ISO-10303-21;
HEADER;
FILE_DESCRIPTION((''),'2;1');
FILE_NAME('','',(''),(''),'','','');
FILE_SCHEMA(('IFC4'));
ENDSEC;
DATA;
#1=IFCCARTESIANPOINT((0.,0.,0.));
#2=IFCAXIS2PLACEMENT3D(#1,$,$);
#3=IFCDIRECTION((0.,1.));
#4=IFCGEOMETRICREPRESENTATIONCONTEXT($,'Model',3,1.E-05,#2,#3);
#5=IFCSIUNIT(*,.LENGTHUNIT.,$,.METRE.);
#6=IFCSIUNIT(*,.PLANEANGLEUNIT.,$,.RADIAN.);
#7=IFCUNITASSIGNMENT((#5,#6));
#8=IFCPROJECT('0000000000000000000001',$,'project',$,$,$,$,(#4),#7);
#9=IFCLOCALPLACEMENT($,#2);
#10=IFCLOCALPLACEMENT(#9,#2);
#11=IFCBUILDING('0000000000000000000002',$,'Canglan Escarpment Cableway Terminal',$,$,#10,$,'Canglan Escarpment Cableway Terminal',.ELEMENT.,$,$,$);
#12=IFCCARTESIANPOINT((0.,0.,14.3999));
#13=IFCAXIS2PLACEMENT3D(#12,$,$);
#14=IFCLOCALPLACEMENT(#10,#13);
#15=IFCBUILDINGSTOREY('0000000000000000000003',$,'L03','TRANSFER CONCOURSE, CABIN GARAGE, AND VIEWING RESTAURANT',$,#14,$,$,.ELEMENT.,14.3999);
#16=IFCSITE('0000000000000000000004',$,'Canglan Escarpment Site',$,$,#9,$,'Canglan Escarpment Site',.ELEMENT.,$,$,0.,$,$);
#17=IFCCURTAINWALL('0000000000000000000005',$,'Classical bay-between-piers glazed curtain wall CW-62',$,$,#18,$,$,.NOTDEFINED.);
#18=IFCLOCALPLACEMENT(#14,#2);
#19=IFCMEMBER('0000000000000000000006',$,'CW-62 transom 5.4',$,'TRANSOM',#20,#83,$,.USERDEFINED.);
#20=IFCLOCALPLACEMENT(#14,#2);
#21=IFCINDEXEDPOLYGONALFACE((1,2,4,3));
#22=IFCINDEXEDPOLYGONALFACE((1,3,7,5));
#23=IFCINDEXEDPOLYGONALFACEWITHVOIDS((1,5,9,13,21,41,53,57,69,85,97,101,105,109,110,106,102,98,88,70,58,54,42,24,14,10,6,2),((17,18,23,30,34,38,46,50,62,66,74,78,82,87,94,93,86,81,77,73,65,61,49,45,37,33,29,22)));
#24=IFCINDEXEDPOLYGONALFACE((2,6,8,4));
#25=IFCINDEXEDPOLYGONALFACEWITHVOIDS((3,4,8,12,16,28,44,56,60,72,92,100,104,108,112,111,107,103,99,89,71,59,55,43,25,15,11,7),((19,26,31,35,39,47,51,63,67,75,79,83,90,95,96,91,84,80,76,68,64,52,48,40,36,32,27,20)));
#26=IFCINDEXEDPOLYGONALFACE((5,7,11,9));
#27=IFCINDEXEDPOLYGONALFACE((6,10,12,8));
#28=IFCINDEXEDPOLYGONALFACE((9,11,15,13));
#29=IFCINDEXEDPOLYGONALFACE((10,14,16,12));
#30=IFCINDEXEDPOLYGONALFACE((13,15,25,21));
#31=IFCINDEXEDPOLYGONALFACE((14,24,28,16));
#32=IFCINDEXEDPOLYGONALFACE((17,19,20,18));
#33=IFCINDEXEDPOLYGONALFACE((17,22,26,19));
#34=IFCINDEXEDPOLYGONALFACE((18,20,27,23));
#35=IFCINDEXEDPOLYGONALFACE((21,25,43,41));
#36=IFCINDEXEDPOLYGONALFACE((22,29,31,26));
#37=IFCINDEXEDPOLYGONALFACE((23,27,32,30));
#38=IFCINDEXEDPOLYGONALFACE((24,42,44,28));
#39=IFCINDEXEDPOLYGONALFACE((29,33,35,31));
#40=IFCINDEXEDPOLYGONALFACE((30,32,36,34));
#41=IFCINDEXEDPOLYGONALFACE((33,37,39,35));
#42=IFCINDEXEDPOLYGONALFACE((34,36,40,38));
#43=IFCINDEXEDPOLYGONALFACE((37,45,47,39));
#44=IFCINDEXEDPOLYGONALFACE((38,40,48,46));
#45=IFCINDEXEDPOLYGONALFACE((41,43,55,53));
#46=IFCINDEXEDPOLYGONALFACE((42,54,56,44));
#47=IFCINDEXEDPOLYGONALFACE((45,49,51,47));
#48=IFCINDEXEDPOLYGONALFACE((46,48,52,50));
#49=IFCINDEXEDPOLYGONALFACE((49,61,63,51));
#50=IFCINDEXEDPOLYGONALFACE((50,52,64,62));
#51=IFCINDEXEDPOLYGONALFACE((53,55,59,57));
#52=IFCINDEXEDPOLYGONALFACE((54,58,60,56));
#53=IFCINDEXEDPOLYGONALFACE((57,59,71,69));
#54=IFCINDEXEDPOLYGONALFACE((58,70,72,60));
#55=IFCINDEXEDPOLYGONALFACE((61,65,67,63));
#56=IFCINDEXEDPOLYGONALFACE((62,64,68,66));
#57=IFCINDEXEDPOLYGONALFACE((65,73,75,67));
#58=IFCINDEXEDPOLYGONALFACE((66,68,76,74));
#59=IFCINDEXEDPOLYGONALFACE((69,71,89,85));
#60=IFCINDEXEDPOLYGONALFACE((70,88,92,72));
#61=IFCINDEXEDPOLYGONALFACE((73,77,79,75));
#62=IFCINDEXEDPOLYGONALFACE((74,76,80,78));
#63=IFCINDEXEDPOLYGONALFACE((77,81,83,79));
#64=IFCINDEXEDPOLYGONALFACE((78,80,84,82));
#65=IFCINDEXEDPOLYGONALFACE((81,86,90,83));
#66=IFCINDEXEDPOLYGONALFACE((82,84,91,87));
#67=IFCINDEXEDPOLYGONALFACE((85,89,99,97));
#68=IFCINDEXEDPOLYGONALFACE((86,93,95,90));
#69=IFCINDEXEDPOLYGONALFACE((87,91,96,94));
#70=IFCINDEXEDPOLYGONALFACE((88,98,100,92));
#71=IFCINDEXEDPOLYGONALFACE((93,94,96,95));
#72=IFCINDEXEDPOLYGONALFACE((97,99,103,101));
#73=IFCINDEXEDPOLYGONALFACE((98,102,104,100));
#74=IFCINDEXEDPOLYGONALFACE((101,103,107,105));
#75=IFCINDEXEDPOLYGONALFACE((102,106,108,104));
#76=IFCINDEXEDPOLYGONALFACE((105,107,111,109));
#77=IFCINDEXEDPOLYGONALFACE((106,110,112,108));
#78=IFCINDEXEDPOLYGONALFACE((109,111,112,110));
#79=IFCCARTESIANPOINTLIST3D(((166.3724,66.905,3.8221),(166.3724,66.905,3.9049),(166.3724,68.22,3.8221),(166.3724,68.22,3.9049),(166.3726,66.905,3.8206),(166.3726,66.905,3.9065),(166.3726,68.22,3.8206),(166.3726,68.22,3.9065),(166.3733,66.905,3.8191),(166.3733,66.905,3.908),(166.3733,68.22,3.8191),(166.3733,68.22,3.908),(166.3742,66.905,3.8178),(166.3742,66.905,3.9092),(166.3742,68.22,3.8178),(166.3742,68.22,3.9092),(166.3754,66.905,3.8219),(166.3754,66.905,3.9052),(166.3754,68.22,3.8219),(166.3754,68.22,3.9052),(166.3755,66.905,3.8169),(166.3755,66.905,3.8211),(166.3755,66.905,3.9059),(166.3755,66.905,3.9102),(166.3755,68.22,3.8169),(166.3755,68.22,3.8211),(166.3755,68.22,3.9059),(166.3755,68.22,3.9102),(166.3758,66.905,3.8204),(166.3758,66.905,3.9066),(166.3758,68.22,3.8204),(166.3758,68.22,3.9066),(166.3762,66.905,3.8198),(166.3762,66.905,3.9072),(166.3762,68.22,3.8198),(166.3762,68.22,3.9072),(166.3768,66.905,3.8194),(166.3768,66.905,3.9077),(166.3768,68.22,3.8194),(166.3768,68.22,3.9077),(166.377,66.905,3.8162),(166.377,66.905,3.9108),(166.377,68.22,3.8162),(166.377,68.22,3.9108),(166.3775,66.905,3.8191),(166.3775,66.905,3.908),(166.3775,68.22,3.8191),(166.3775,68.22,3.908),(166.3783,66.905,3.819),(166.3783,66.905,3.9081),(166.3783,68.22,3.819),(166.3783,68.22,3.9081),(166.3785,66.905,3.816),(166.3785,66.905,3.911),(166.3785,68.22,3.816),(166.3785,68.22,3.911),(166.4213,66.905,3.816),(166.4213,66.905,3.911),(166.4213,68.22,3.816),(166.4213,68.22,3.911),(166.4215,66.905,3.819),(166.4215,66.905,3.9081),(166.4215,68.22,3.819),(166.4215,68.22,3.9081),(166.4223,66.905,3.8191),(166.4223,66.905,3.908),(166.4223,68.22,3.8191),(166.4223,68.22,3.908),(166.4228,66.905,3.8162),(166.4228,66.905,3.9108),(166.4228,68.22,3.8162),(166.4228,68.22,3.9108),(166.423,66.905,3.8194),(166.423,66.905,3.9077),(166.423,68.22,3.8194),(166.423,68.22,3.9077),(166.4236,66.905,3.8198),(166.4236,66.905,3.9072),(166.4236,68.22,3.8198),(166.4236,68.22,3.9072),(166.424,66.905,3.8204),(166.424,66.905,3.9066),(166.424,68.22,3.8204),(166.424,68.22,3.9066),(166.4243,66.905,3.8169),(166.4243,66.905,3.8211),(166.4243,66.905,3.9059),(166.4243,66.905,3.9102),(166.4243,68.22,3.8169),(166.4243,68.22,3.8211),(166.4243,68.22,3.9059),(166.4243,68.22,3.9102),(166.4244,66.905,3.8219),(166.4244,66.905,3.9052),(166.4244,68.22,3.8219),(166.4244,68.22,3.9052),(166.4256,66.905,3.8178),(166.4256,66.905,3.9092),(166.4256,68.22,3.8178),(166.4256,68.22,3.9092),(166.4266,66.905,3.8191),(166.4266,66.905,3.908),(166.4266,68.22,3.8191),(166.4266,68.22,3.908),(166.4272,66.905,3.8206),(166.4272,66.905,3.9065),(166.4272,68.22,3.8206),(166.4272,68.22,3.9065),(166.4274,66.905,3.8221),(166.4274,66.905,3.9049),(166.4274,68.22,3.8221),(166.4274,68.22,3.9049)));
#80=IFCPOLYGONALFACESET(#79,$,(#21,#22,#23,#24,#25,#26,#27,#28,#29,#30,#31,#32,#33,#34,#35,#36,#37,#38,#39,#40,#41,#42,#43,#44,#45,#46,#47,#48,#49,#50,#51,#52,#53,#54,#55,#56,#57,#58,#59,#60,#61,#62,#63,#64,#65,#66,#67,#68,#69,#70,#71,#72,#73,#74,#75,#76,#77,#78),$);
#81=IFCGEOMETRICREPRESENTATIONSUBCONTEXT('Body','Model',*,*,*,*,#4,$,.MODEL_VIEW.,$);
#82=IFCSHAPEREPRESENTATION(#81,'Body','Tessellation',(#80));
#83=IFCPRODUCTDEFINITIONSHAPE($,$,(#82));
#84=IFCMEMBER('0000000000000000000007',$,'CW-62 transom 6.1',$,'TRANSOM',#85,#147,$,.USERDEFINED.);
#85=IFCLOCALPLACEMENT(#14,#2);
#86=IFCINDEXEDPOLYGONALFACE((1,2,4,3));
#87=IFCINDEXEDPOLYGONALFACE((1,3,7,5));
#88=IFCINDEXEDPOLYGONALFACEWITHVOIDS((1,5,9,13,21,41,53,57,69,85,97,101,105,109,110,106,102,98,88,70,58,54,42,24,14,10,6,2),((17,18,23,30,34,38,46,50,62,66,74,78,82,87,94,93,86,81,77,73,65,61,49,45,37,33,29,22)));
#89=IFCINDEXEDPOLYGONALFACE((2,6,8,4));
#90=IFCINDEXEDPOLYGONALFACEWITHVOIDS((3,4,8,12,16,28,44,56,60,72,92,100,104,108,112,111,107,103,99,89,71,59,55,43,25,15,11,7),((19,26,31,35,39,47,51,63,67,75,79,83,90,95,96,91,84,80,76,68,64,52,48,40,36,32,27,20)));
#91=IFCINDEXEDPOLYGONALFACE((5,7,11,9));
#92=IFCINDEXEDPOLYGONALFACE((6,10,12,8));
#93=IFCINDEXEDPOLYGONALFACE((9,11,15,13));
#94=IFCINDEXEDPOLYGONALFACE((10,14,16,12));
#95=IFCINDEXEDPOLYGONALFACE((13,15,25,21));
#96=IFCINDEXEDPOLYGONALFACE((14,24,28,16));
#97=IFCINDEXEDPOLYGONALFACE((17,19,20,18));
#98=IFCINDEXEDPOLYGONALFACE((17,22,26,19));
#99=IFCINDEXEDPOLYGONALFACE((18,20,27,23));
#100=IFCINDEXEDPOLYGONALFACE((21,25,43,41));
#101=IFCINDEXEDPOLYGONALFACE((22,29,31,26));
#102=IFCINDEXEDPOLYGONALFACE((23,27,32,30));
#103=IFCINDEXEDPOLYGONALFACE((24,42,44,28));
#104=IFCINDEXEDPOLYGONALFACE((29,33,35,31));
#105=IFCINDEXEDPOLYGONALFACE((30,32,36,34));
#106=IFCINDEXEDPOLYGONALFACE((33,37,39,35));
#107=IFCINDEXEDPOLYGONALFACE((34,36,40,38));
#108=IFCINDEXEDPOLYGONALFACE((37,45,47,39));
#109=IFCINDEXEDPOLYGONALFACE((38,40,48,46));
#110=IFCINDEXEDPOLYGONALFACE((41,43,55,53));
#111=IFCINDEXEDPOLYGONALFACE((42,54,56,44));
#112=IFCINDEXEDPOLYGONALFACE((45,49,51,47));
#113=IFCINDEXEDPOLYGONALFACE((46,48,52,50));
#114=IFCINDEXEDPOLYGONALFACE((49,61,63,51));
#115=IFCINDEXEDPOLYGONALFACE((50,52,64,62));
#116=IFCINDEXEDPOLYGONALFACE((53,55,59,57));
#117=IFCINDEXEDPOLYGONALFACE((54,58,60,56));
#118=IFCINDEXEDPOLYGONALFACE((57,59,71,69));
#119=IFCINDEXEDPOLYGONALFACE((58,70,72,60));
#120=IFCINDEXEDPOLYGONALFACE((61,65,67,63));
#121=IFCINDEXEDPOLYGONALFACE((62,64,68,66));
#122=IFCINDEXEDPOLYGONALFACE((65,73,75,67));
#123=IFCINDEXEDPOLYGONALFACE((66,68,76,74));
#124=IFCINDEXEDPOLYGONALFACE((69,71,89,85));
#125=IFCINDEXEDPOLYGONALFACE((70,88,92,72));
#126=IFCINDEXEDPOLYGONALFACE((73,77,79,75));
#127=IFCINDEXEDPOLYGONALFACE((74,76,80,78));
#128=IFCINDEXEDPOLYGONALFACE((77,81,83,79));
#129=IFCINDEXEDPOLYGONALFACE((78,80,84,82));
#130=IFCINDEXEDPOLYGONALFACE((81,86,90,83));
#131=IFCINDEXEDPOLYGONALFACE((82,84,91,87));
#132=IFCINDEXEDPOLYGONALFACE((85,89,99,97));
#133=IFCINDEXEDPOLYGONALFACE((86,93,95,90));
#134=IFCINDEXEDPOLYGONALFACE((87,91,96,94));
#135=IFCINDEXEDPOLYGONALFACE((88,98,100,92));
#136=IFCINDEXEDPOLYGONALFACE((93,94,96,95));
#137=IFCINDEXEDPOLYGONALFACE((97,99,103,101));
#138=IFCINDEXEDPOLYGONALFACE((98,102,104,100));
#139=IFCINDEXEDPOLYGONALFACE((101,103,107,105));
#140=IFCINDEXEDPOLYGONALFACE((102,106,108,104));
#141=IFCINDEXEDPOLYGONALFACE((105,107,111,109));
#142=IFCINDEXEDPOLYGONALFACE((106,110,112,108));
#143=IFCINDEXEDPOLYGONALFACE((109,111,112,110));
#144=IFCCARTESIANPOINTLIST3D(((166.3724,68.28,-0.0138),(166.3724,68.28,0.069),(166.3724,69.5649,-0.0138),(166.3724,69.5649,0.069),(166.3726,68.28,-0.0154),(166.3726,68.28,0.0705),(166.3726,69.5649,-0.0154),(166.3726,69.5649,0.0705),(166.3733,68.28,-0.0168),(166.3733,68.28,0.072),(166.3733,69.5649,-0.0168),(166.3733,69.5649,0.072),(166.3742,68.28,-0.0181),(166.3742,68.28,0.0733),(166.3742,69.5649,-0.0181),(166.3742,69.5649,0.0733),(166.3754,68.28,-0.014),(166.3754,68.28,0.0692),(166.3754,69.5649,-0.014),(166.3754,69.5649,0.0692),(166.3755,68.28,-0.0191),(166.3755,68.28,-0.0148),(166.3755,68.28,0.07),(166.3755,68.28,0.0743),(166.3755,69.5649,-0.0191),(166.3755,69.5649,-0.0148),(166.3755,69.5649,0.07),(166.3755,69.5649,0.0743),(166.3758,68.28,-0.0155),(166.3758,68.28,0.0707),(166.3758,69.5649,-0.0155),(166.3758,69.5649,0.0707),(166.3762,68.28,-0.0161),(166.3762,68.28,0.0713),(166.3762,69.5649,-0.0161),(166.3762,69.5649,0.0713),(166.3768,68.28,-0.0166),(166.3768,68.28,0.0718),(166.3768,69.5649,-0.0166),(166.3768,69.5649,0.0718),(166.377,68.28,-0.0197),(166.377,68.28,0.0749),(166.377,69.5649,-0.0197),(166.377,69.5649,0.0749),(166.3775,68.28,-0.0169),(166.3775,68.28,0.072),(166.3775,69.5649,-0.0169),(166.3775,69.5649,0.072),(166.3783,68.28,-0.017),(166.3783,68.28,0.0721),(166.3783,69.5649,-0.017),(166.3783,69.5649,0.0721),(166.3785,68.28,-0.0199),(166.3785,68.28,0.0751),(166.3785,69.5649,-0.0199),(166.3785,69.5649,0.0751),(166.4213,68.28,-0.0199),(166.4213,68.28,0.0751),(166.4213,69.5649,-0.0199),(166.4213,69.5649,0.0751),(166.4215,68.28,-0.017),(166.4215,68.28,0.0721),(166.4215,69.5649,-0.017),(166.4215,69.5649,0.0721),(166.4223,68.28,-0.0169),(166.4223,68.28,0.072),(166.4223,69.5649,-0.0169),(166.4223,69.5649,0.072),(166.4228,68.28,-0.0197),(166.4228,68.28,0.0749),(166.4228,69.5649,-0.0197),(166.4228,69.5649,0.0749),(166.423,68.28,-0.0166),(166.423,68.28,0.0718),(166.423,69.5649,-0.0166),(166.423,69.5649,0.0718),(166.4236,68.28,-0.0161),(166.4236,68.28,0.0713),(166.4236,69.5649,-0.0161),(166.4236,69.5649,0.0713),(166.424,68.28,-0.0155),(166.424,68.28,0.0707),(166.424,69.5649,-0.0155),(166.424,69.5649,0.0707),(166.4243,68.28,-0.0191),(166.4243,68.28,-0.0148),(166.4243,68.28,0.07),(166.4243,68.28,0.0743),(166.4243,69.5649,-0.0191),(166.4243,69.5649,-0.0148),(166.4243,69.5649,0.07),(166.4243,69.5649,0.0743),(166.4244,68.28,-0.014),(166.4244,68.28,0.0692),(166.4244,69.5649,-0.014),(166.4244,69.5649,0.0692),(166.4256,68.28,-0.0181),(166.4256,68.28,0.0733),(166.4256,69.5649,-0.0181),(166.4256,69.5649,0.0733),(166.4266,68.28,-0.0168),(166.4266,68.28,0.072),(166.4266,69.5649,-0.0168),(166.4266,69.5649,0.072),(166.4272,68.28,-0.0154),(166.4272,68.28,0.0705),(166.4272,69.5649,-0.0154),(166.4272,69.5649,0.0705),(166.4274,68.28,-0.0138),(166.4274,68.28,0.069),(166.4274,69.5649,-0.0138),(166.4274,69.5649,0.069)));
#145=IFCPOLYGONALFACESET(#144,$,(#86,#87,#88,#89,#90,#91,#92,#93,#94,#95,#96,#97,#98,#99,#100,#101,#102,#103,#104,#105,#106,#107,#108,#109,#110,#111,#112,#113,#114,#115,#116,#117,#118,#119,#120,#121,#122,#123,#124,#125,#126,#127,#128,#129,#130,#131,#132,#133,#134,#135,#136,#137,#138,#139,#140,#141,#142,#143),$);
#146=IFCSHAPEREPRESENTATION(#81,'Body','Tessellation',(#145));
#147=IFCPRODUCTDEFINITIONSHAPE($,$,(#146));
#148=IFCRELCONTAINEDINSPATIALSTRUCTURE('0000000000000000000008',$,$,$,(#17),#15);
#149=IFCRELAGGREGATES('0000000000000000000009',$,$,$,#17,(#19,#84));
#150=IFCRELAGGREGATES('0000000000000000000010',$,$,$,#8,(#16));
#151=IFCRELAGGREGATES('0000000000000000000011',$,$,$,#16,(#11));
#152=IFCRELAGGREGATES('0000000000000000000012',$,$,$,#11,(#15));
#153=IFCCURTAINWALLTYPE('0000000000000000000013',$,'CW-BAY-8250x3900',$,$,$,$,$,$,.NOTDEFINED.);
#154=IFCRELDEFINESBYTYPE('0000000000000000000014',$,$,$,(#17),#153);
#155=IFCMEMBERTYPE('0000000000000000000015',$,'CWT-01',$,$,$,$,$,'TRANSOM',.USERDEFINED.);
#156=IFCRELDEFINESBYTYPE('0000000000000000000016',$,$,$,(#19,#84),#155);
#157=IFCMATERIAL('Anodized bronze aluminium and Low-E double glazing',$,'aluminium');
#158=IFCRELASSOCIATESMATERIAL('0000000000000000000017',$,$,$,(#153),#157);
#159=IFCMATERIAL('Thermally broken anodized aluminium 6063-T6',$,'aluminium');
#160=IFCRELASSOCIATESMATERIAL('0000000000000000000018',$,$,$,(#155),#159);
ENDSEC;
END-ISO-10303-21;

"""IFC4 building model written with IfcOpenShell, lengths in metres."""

from ifc_helpers import new_model, si_unit, direction, frame, origin, origin_2d, place, context, subcontext, project, spatial, hollow_rectangle, extrude, material, material_profile, profile_set, type_object, element, aggregate, save


model = new_model("IFC4")

# Units and contexts
model_context = context("Model", 3, precision=1e-05, world=origin(), true_north=direction((0.0, 1.0)))
body_context = subcontext(model_context, "Body", "Model", "MODEL_VIEW")
ifc_project = project(units=[si_unit("LENGTHUNIT", "METRE"), si_unit("PLANEANGLEUNIT", "RADIAN")], contexts=[model_context])

# Site, building, storey
site_placement = place(None, origin())
site = spatial("IfcSite", under=ifc_project, at=site_placement, Name="Canglan Escarpment Site", LongName="Canglan Escarpment Site", CompositionType="ELEMENT", RefElevation=0.0)
building_placement = place(site_placement, origin())
building = spatial("IfcBuilding", under=site, at=building_placement, Name="Canglan Escarpment Cableway Terminal", LongName="Canglan Escarpment Cableway Terminal", CompositionType="ELEMENT")
storey_placement = place(building_placement, frame((0.0, 0.0, 14.3999)))
storey = spatial("IfcBuildingStorey", under=building, at=storey_placement, Name="L03", Description="TRANSFER CONCOURSE, CABIN GARAGE, AND VIEWING RESTAURANT", CompositionType="ELEMENT", Elevation=14.3999)

# Curtain wall, members
ifc_material_1 = material(Name="Anodized bronze aluminium and Low-E double glazing", Category="aluminium")
curtain_wall_type = type_object("IfcCurtainWallType", Name="CW-BAY-8250x3900", PredefinedType="NOTDEFINED", material=ifc_material_1)
curtain_wall_placement = place(storey_placement, origin())
curtain_wall = element("IfcCurtainWall", 1, at=curtain_wall_placement, inside=storey, type_object=curtain_wall_type, Name="Classical bay-between-piers glazed curtain wall CW-62", PredefinedType="NOTDEFINED")
ifc_material_2 = material(Name="Thermally broken anodized aluminium 6063-T6", Category="aluminium")
ifc_material_profile_1 = material_profile(ifc_material_2, hollow_rectangle(XDim=0.0549, YDim=0.095, WallThickness=0.0029, InnerFilletRadius=0.0029, OuterFilletRadius=0.0061, at=origin_2d()), Name="ALU-TRAN 55x95x3")
ifc_profile_set_1 = profile_set([ifc_material_profile_1], Name="Thermally broken anodized aluminium 6063-T6")
member_type_1 = type_object("IfcMemberType", Name="CWT-01", ElementType="TRANSOM", PredefinedType="USERDEFINED", material=ifc_profile_set_1)
member_1_placement = place(storey_placement, frame((166.3999, 66.905, 3.8635), z_axis=(0.0, 1.0, 0.0), x_axis=(-1.0, 0.0, 0.0)))
member_1 = element("IfcMember", 2, at=member_1_placement, type_object=member_type_1, Name="CW-62 transom 5.4", ObjectType="TRANSOM", PredefinedType="USERDEFINED", context=body_context, shape_type="SweptSolid", body=[
    extrude(hollow_rectangle(XDim=0.0549, YDim=0.095, WallThickness=0.0029, InnerFilletRadius=0.0029, OuterFilletRadius=0.0061, at=origin_2d()), origin(), (0.0, 0.0, 1.0), 1.3149),
])
member_2_placement = place(storey_placement, frame((166.3999, 68.28, 0.0276), z_axis=(0.0, 1.0, 0.0), x_axis=(-1.0, 0.0, 0.0)))
member_2 = element("IfcMember", 3, at=member_2_placement, type_object=member_type_1, Name="CW-62 transom 6.1", ObjectType="TRANSOM", PredefinedType="USERDEFINED", context=body_context, shape_type="SweptSolid", body=[
    extrude(hollow_rectangle(XDim=0.0549, YDim=0.095, WallThickness=0.0029, InnerFilletRadius=0.0029, OuterFilletRadius=0.0061, at=origin_2d()), origin(), (0.0, 0.0, 1.0), 1.2849),
])
aggregate(curtain_wall, [member_1, member_2])

save(model, "model.ifc")
